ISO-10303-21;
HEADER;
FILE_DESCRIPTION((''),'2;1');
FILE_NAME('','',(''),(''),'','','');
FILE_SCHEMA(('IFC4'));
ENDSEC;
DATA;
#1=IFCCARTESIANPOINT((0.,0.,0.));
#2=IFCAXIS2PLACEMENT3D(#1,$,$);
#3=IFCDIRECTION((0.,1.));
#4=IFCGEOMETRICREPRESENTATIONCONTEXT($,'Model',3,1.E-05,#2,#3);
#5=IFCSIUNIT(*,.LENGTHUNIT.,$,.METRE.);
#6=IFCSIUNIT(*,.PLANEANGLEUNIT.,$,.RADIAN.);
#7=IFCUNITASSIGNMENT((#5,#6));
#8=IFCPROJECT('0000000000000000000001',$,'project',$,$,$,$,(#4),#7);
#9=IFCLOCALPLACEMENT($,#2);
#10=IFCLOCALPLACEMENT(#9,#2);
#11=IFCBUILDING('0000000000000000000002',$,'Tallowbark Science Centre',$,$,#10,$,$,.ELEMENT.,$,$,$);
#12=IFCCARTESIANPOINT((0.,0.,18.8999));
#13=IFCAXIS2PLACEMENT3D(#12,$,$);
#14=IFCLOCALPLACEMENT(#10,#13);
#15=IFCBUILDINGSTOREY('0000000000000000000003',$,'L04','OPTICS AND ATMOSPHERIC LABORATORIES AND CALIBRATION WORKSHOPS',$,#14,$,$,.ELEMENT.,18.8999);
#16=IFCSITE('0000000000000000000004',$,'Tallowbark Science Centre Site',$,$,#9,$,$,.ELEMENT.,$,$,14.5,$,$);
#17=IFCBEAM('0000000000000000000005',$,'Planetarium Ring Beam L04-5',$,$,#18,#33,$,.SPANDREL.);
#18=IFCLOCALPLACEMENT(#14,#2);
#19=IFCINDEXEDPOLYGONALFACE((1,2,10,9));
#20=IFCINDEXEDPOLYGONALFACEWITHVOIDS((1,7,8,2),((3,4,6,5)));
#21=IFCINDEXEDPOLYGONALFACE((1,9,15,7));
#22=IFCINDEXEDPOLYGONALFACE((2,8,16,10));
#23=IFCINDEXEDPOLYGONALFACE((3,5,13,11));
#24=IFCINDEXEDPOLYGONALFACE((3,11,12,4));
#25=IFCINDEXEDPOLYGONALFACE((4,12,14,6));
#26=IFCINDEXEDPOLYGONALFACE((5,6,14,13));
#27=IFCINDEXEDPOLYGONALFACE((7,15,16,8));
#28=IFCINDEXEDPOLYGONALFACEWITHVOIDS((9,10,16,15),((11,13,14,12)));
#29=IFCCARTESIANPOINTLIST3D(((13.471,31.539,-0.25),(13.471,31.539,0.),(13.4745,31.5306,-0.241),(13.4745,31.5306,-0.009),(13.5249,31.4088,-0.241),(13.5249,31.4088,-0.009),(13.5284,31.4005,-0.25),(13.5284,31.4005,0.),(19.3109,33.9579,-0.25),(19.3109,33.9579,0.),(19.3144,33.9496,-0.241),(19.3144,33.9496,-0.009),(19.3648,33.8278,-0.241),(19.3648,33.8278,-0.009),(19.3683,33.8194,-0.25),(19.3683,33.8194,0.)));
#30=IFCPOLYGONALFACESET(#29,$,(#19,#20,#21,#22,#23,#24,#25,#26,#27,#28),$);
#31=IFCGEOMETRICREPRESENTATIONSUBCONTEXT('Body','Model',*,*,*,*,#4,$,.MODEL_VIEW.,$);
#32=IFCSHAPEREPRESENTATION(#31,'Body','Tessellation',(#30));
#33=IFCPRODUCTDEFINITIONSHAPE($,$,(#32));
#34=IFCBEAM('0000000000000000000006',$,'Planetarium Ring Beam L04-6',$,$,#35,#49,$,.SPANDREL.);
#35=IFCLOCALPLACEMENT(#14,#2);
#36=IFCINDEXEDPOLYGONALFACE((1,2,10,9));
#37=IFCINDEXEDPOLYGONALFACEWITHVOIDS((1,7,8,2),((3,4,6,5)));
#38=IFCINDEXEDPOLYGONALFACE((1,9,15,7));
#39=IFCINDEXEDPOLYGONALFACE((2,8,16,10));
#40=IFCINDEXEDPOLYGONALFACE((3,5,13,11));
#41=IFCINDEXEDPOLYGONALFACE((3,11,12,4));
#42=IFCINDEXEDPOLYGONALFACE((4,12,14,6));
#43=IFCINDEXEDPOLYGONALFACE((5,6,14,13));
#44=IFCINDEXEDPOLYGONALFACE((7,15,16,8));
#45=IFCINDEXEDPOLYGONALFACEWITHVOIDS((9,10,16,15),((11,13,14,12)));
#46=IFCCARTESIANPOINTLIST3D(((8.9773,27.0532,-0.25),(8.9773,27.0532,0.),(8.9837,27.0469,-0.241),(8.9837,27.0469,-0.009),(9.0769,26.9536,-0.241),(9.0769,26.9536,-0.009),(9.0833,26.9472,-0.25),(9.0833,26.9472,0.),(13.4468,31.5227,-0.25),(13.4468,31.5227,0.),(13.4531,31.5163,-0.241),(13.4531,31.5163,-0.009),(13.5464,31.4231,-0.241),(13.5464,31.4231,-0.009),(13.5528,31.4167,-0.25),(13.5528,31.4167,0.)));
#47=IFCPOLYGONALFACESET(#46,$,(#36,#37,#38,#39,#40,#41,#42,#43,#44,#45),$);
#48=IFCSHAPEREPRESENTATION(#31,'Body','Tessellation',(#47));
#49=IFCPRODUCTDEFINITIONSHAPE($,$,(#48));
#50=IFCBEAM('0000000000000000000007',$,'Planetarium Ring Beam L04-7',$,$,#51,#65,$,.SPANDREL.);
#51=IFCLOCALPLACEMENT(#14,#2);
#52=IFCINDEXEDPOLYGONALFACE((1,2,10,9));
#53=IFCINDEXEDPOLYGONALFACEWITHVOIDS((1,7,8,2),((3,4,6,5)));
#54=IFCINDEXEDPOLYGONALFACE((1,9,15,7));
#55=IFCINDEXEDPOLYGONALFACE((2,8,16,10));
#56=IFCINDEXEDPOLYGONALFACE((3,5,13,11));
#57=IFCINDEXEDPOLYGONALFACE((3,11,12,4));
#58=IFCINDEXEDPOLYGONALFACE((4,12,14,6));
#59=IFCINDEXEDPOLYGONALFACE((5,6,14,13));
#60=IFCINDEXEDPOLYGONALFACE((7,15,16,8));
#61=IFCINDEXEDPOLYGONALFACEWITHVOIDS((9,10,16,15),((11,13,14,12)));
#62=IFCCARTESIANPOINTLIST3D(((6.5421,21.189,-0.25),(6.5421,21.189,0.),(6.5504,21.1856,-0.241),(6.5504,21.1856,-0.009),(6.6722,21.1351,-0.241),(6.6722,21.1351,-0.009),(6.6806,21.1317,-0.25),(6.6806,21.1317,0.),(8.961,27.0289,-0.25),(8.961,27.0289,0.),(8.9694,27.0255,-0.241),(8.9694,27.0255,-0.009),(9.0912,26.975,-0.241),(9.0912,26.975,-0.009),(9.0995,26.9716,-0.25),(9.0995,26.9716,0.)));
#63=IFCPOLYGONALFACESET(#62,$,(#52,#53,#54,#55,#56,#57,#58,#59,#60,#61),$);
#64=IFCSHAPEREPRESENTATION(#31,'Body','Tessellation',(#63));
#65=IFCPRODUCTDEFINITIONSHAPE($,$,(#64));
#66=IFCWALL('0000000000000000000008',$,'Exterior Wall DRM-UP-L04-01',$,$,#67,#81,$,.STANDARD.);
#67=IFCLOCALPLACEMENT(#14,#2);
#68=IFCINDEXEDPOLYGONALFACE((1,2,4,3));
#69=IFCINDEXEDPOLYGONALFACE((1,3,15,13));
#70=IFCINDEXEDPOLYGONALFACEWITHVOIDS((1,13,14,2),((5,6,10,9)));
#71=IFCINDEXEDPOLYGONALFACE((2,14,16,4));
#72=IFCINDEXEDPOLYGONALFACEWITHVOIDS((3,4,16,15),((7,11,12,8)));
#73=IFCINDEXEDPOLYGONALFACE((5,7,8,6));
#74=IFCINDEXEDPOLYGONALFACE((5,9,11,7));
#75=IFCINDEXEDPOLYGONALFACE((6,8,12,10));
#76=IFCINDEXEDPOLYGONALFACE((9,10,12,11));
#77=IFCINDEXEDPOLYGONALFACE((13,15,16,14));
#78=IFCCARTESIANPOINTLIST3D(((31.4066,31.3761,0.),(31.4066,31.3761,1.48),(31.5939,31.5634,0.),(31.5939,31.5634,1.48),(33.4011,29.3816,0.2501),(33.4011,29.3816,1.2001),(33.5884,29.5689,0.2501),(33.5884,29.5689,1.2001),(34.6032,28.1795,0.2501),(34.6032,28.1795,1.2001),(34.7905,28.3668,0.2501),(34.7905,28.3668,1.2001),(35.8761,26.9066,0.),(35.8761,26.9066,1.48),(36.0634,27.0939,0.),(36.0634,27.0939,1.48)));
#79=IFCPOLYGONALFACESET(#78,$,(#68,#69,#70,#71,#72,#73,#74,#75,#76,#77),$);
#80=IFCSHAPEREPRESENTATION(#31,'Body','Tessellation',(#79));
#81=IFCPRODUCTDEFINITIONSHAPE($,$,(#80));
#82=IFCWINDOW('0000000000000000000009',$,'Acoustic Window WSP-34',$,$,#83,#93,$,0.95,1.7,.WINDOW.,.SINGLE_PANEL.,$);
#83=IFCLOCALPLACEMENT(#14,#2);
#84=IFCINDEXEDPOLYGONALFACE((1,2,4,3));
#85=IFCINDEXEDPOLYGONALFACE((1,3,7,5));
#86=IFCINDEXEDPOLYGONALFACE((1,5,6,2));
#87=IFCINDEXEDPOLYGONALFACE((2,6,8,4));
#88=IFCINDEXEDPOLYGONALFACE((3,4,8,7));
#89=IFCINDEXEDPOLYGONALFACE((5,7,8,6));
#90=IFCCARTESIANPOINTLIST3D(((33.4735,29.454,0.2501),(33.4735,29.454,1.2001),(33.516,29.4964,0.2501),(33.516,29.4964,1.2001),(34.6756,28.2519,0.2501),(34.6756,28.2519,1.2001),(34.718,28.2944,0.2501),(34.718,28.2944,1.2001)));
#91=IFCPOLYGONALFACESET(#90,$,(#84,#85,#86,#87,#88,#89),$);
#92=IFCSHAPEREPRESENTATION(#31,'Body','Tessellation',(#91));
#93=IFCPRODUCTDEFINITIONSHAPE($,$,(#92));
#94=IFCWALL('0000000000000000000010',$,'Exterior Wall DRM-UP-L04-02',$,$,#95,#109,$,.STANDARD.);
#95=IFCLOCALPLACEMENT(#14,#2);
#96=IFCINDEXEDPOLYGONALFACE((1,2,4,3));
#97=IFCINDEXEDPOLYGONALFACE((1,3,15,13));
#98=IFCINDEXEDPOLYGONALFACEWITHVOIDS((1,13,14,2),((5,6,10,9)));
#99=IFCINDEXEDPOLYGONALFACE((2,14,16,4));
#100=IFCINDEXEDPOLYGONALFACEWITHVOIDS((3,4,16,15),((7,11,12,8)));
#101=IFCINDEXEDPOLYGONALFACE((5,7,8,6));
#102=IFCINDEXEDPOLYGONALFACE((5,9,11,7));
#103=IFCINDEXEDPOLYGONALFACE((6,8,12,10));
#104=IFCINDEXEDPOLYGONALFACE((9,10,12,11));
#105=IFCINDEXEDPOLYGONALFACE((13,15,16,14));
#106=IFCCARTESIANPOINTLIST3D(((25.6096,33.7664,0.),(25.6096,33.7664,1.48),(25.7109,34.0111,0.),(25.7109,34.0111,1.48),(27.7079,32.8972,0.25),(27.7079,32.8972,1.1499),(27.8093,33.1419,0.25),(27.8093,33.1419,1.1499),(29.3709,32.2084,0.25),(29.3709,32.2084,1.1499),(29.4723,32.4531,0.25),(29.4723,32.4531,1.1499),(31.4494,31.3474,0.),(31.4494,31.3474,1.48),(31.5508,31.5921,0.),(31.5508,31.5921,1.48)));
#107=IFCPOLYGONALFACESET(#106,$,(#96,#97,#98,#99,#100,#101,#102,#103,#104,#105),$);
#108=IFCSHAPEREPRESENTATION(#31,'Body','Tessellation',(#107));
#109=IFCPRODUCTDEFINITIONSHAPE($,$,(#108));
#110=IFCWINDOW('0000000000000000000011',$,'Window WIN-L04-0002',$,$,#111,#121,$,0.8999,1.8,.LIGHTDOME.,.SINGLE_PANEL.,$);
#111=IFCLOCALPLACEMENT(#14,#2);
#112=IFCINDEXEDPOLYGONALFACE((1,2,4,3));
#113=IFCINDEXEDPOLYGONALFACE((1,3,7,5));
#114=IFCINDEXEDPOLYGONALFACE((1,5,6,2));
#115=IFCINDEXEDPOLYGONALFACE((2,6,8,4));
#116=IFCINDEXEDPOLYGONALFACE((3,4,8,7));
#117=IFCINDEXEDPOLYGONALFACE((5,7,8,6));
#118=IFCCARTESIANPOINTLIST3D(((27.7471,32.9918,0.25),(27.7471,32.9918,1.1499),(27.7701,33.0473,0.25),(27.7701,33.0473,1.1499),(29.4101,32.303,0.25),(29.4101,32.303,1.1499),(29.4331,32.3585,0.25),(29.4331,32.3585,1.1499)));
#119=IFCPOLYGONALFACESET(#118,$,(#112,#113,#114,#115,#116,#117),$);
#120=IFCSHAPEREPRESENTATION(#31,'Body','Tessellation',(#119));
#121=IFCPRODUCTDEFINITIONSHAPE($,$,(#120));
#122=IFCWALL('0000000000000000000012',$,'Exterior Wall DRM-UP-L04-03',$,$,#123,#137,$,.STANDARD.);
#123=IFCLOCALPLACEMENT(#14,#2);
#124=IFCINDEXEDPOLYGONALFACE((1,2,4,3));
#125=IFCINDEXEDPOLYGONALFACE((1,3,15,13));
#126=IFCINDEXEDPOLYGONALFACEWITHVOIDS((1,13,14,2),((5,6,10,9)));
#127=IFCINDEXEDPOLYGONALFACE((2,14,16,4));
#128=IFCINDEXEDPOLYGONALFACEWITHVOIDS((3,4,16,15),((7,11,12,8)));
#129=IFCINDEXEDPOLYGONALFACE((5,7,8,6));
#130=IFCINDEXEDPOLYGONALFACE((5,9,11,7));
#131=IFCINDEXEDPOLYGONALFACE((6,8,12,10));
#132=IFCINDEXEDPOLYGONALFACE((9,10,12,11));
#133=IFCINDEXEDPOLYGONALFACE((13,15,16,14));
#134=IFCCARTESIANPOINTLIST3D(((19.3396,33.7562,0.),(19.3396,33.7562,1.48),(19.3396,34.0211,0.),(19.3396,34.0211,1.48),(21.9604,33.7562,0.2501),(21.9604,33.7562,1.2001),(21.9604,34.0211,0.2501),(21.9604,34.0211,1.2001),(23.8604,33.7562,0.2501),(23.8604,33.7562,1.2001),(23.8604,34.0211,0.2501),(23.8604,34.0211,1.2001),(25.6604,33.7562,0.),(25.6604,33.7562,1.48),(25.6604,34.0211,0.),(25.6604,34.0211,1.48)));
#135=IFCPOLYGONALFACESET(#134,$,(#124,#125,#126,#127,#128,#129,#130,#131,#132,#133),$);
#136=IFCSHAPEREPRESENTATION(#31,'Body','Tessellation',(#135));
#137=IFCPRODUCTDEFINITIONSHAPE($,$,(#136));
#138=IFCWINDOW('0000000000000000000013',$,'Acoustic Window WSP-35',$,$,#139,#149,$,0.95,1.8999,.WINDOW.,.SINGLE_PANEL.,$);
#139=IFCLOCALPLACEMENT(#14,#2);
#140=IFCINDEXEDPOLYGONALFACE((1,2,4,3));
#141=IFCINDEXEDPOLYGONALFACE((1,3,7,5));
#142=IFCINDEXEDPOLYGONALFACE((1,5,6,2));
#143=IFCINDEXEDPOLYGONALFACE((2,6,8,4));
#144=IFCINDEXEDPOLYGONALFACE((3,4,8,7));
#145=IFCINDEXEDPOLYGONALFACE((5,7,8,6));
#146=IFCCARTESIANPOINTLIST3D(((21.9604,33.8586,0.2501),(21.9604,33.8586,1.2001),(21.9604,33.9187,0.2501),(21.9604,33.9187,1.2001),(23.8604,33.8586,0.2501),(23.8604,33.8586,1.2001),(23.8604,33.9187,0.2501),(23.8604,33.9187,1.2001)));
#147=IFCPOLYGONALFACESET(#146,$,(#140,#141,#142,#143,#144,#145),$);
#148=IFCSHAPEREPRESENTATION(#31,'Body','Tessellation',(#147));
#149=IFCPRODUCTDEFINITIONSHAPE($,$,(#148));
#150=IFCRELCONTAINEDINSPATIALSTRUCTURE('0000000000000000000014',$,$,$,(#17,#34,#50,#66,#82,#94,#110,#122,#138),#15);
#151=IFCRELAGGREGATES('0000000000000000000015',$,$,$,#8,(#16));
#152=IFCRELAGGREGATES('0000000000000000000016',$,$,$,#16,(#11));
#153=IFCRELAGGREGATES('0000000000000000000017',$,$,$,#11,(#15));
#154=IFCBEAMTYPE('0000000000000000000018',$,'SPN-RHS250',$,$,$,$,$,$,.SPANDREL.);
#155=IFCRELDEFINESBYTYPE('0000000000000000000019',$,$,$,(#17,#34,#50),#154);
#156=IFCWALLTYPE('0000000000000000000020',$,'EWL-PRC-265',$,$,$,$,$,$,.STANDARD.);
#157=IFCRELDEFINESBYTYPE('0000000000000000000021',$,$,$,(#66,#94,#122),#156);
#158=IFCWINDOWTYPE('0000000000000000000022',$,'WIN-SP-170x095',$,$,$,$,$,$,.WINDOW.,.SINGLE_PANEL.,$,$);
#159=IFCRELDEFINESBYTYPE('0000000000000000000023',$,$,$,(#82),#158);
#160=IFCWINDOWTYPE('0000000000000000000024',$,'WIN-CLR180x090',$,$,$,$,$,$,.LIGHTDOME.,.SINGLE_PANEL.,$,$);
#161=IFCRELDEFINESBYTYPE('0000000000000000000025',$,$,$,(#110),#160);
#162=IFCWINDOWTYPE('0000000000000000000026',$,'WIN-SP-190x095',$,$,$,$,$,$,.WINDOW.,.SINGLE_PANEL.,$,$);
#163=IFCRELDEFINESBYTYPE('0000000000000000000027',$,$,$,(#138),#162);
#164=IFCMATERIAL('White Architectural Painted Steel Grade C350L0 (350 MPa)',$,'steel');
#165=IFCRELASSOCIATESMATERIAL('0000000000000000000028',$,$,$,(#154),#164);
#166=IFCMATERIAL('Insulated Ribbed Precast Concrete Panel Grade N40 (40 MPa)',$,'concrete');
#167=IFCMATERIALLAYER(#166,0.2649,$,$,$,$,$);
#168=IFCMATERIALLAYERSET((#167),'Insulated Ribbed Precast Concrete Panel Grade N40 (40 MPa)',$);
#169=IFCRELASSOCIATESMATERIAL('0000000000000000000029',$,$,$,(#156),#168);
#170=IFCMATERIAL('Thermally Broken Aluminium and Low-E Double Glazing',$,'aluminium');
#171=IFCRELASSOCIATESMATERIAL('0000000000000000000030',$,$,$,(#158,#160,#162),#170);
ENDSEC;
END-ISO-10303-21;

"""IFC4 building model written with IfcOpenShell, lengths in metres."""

from ifc_helpers import new_model, si_unit, direction, frame, frame_2d, origin, origin_2d, place, context, subcontext, project, spatial, rectangle, hollow_rectangle, extrude, material, layer, layer_set, material_profile, profile_set, type_object, element, fill, save


model = new_model("IFC4")

# Units and contexts
model_context = context("Model", 3, precision=1e-05, world=origin(), true_north=direction((0.0, 1.0)))
body_context = subcontext(model_context, "Body", "Model", "MODEL_VIEW")
ifc_project = project(units=[si_unit("LENGTHUNIT", "METRE"), si_unit("PLANEANGLEUNIT", "RADIAN")], contexts=[model_context])

# Site, building, storey
site_placement = place(None, origin())
site = spatial("IfcSite", under=ifc_project, at=site_placement, Name="Tallowbark Science Centre Site", CompositionType="ELEMENT", RefElevation=14.5)
building_placement = place(site_placement, origin())
building = spatial("IfcBuilding", under=site, at=building_placement, Name="Tallowbark Science Centre", CompositionType="ELEMENT")
storey_placement = place(building_placement, frame((0.0, 0.0, 18.8999)))
storey = spatial("IfcBuildingStorey", under=building, at=storey_placement, Name="L04", Description="OPTICS AND ATMOSPHERIC LABORATORIES AND CALIBRATION WORKSHOPS", CompositionType="ELEMENT", Elevation=18.8999)

# Shared definitions
ifc_material_1 = material(Name="White Architectural Painted Steel Grade C350L0 (350 MPa)", Category="steel")

# Beams
ifc_material_profile_1 = material_profile(ifc_material_1, hollow_rectangle(XDim=0.1499, YDim=0.25, WallThickness=0.009, at=origin_2d()), Name="250x150x9.0RHS")
ifc_profile_set_1 = profile_set([ifc_material_profile_1], Name="White Architectural Painted Steel Grade C350L0 (350 MPa)")
beam_type = type_object("IfcBeamType", Name="SPN-RHS250", PredefinedType="SPANDREL", material=ifc_profile_set_1)
beam_1_placement = place(storey_placement, frame((19.3396, 33.8887, -0.125), z_axis=(-0.923879, -0.382684, 0.0), x_axis=(0.382684, -0.923879, 0.0)))
element("IfcBeam", 1, at=beam_1_placement, inside=storey, type_object=beam_type, Name="Planetarium Ring Beam L04-5", PredefinedType="SPANDREL", context=body_context, shape_type="SweptSolid", body=[
    extrude(hollow_rectangle(XDim=0.1499, YDim=0.25, WallThickness=0.009, at=origin_2d()), origin(), (0.0, 0.0, 1.0), 6.321),
])
beam_2_placement = place(storey_placement, frame((13.4998, 31.4697, -0.125), z_axis=(-0.707107, -0.707107, 0.0), x_axis=(0.707107, -0.707107, 0.0)))
element("IfcBeam", 2, at=beam_2_placement, inside=storey, type_object=beam_type, Name="Planetarium Ring Beam L04-6", PredefinedType="SPANDREL", context=body_context, shape_type="SweptSolid", body=[
    extrude(hollow_rectangle(XDim=0.1499, YDim=0.25, WallThickness=0.009, at=origin_2d()), origin(), (0.0, 0.0, 1.0), 6.3208),
])
beam_3_placement = place(storey_placement, frame((9.0303, 27.0002, -0.125), z_axis=(-0.382684, -0.923879, 0.0), x_axis=(0.923879, -0.382684, 0.0)))
element("IfcBeam", 3, at=beam_3_placement, inside=storey, type_object=beam_type, Name="Planetarium Ring Beam L04-7", PredefinedType="SPANDREL", context=body_context, shape_type="SweptSolid", body=[
    extrude(hollow_rectangle(XDim=0.1499, YDim=0.25, WallThickness=0.009, at=origin_2d()), origin(), (0.0, 0.0, 1.0), 6.321),
])

# Walls, openings, windows
ifc_material_2 = material(Name="Insulated Ribbed Precast Concrete Panel Grade N40 (40 MPa)", Category="concrete")
ifc_layer_1 = layer(ifc_material_2, 0.2649)
ifc_layer_set_1 = layer_set([ifc_layer_1], Name="Insulated Ribbed Precast Concrete Panel Grade N40 (40 MPa)")
wall_type = type_object("IfcWallType", Name="EWL-PRC-265", PredefinedType="STANDARD", material=ifc_layer_set_1)
wall_1_placement = place(storey_placement, frame((35.9697, 27.0002, 0.0), z_axis=(0.0, 0.0, 1.0), x_axis=(-0.707107, 0.707107, 0.0)))
wall_1 = element("IfcWall", 4, at=wall_1_placement, inside=storey, type_object=wall_type, Name="Exterior Wall DRM-UP-L04-01", PredefinedType="STANDARD", context=body_context, shape_type="SweptSolid", body=[
    extrude(rectangle(XDim=6.3208, YDim=0.2649, at=frame_2d((3.1604, 0.0))), origin(), (0.0, 0.0, 1.0), 1.48),
])
opening_1_placement = place(wall_1_placement, frame((1.8, 0.0, 0.25)))
opening_1 = element("IfcOpeningElement", 5, at=opening_1_placement, cuts=wall_1, PredefinedType="OPENING", context=body_context, shape_type="SweptSolid", body=[
    extrude(rectangle(XDim=1.7, YDim=0.95, at=frame_2d((0.8501, 0.4751))), frame((0.0, 0.1426, 0.0), z_axis=(0.0, -1.0, 0.0), x_axis=(1.0, 0.0, 0.0)), (0.0, 0.0, 1.0), 0.2849),
])
ifc_material_3 = material(Name="Thermally Broken Aluminium and Low-E Double Glazing", Category="aluminium")
window_type_1 = type_object("IfcWindowType", Name="WIN-SP-170x095", PartitioningType="SINGLE_PANEL", PredefinedType="WINDOW", material=ifc_material_3)
window_1_placement = place(opening_1_placement, origin())
window_1 = element("IfcWindow", 6, at=window_1_placement, inside=storey, type_object=window_type_1, Name="Acoustic Window WSP-34", OverallHeight=0.95, OverallWidth=1.7, PartitioningType="SINGLE_PANEL", PredefinedType="WINDOW", context=body_context, shape_type="SweptSolid", body=[
    extrude(rectangle(XDim=1.7, YDim=0.95, at=frame_2d((0.8501, 0.4751))), frame((0.0, 0.03, 0.0), z_axis=(0.0, -1.0, 0.0), x_axis=(1.0, 0.0, 0.0)), (0.0, 0.0, 1.0), 0.0601),
])
fill(opening_1, window_1)
wall_2_placement = place(storey_placement, frame((31.5002, 31.4697, 0.0), z_axis=(0.0, 0.0, 1.0), x_axis=(-0.923879, 0.382684, 0.0)))
wall_2 = element("IfcWall", 7, at=wall_2_placement, inside=storey, type_object=wall_type, Name="Exterior Wall DRM-UP-L04-02", PredefinedType="STANDARD", context=body_context, shape_type="SweptSolid", body=[
    extrude(rectangle(XDim=6.321, YDim=0.2649, at=frame_2d((3.1606, 0.0))), origin(), (0.0, 0.0, 1.0), 1.48),
])
opening_2_placement = place(wall_2_placement, frame((2.25, 0.0, 0.25)))
opening_2 = element("IfcOpeningElement", 8, at=opening_2_placement, cuts=wall_2, PredefinedType="OPENING", context=body_context, shape_type="SweptSolid", body=[
    extrude(rectangle(XDim=1.8, YDim=0.8999, at=frame_2d((0.8999, 0.45))), frame((0.0, 0.1426, 0.0), z_axis=(0.0, -1.0, 0.0), x_axis=(1.0, 0.0, 0.0)), (0.0, 0.0, 1.0), 0.2849),
])
window_type_2 = type_object("IfcWindowType", Name="WIN-CLR180x090", PartitioningType="SINGLE_PANEL", PredefinedType="LIGHTDOME", material=ifc_material_3)
window_2_placement = place(opening_2_placement, origin())
window_2 = element("IfcWindow", 9, at=window_2_placement, inside=storey, type_object=window_type_2, Name="Window WIN-L04-0002", OverallHeight=0.8999, OverallWidth=1.8, PartitioningType="SINGLE_PANEL", PredefinedType="LIGHTDOME", context=body_context, shape_type="SweptSolid", body=[
    extrude(rectangle(XDim=1.8, YDim=0.8999, at=frame_2d((0.8999, 0.45))), frame((0.0, 0.03, 0.0), z_axis=(0.0, -1.0, 0.0), x_axis=(1.0, 0.0, 0.0)), (0.0, 0.0, 1.0), 0.0601),
])
fill(opening_2, window_2)
wall_3_placement = place(storey_placement, frame((25.6604, 33.8887, 0.0), z_axis=(0.0, 0.0, 1.0), x_axis=(-1.0, 0.0, 0.0)))
wall_3 = element("IfcWall", 10, at=wall_3_placement, inside=storey, type_object=wall_type, Name="Exterior Wall DRM-UP-L04-03", PredefinedType="STANDARD", context=body_context, shape_type="SweptSolid", body=[
    extrude(rectangle(XDim=6.3208, YDim=0.2649, at=frame_2d((3.1604, 0.0))), origin(), (0.0, 0.0, 1.0), 1.48),
])
opening_3_placement = place(wall_3_placement, frame((1.8, 0.0, 0.25)))
opening_3 = element("IfcOpeningElement", 11, at=opening_3_placement, cuts=wall_3, PredefinedType="OPENING", context=body_context, shape_type="SweptSolid", body=[
    extrude(rectangle(XDim=1.8999, YDim=0.95, at=frame_2d((0.95, 0.4751))), frame((0.0, 0.1426, 0.0), z_axis=(0.0, -1.0, 0.0), x_axis=(1.0, 0.0, 0.0)), (0.0, 0.0, 1.0), 0.2849),
])
window_type_3 = type_object("IfcWindowType", Name="WIN-SP-190x095", PartitioningType="SINGLE_PANEL", PredefinedType="WINDOW", material=ifc_material_3)
window_3_placement = place(opening_3_placement, origin())
window_3 = element("IfcWindow", 12, at=window_3_placement, inside=storey, type_object=window_type_3, Name="Acoustic Window WSP-35", OverallHeight=0.95, OverallWidth=1.8999, PartitioningType="SINGLE_PANEL", PredefinedType="WINDOW", context=body_context, shape_type="SweptSolid", body=[
    extrude(rectangle(XDim=1.8999, YDim=0.95, at=frame_2d((0.95, 0.4751))), frame((0.0, 0.03, 0.0), z_axis=(0.0, -1.0, 0.0), x_axis=(1.0, 0.0, 0.0)), (0.0, 0.0, 1.0), 0.0601),
])
fill(opening_3, window_3)

save(model, "model.ifc")
